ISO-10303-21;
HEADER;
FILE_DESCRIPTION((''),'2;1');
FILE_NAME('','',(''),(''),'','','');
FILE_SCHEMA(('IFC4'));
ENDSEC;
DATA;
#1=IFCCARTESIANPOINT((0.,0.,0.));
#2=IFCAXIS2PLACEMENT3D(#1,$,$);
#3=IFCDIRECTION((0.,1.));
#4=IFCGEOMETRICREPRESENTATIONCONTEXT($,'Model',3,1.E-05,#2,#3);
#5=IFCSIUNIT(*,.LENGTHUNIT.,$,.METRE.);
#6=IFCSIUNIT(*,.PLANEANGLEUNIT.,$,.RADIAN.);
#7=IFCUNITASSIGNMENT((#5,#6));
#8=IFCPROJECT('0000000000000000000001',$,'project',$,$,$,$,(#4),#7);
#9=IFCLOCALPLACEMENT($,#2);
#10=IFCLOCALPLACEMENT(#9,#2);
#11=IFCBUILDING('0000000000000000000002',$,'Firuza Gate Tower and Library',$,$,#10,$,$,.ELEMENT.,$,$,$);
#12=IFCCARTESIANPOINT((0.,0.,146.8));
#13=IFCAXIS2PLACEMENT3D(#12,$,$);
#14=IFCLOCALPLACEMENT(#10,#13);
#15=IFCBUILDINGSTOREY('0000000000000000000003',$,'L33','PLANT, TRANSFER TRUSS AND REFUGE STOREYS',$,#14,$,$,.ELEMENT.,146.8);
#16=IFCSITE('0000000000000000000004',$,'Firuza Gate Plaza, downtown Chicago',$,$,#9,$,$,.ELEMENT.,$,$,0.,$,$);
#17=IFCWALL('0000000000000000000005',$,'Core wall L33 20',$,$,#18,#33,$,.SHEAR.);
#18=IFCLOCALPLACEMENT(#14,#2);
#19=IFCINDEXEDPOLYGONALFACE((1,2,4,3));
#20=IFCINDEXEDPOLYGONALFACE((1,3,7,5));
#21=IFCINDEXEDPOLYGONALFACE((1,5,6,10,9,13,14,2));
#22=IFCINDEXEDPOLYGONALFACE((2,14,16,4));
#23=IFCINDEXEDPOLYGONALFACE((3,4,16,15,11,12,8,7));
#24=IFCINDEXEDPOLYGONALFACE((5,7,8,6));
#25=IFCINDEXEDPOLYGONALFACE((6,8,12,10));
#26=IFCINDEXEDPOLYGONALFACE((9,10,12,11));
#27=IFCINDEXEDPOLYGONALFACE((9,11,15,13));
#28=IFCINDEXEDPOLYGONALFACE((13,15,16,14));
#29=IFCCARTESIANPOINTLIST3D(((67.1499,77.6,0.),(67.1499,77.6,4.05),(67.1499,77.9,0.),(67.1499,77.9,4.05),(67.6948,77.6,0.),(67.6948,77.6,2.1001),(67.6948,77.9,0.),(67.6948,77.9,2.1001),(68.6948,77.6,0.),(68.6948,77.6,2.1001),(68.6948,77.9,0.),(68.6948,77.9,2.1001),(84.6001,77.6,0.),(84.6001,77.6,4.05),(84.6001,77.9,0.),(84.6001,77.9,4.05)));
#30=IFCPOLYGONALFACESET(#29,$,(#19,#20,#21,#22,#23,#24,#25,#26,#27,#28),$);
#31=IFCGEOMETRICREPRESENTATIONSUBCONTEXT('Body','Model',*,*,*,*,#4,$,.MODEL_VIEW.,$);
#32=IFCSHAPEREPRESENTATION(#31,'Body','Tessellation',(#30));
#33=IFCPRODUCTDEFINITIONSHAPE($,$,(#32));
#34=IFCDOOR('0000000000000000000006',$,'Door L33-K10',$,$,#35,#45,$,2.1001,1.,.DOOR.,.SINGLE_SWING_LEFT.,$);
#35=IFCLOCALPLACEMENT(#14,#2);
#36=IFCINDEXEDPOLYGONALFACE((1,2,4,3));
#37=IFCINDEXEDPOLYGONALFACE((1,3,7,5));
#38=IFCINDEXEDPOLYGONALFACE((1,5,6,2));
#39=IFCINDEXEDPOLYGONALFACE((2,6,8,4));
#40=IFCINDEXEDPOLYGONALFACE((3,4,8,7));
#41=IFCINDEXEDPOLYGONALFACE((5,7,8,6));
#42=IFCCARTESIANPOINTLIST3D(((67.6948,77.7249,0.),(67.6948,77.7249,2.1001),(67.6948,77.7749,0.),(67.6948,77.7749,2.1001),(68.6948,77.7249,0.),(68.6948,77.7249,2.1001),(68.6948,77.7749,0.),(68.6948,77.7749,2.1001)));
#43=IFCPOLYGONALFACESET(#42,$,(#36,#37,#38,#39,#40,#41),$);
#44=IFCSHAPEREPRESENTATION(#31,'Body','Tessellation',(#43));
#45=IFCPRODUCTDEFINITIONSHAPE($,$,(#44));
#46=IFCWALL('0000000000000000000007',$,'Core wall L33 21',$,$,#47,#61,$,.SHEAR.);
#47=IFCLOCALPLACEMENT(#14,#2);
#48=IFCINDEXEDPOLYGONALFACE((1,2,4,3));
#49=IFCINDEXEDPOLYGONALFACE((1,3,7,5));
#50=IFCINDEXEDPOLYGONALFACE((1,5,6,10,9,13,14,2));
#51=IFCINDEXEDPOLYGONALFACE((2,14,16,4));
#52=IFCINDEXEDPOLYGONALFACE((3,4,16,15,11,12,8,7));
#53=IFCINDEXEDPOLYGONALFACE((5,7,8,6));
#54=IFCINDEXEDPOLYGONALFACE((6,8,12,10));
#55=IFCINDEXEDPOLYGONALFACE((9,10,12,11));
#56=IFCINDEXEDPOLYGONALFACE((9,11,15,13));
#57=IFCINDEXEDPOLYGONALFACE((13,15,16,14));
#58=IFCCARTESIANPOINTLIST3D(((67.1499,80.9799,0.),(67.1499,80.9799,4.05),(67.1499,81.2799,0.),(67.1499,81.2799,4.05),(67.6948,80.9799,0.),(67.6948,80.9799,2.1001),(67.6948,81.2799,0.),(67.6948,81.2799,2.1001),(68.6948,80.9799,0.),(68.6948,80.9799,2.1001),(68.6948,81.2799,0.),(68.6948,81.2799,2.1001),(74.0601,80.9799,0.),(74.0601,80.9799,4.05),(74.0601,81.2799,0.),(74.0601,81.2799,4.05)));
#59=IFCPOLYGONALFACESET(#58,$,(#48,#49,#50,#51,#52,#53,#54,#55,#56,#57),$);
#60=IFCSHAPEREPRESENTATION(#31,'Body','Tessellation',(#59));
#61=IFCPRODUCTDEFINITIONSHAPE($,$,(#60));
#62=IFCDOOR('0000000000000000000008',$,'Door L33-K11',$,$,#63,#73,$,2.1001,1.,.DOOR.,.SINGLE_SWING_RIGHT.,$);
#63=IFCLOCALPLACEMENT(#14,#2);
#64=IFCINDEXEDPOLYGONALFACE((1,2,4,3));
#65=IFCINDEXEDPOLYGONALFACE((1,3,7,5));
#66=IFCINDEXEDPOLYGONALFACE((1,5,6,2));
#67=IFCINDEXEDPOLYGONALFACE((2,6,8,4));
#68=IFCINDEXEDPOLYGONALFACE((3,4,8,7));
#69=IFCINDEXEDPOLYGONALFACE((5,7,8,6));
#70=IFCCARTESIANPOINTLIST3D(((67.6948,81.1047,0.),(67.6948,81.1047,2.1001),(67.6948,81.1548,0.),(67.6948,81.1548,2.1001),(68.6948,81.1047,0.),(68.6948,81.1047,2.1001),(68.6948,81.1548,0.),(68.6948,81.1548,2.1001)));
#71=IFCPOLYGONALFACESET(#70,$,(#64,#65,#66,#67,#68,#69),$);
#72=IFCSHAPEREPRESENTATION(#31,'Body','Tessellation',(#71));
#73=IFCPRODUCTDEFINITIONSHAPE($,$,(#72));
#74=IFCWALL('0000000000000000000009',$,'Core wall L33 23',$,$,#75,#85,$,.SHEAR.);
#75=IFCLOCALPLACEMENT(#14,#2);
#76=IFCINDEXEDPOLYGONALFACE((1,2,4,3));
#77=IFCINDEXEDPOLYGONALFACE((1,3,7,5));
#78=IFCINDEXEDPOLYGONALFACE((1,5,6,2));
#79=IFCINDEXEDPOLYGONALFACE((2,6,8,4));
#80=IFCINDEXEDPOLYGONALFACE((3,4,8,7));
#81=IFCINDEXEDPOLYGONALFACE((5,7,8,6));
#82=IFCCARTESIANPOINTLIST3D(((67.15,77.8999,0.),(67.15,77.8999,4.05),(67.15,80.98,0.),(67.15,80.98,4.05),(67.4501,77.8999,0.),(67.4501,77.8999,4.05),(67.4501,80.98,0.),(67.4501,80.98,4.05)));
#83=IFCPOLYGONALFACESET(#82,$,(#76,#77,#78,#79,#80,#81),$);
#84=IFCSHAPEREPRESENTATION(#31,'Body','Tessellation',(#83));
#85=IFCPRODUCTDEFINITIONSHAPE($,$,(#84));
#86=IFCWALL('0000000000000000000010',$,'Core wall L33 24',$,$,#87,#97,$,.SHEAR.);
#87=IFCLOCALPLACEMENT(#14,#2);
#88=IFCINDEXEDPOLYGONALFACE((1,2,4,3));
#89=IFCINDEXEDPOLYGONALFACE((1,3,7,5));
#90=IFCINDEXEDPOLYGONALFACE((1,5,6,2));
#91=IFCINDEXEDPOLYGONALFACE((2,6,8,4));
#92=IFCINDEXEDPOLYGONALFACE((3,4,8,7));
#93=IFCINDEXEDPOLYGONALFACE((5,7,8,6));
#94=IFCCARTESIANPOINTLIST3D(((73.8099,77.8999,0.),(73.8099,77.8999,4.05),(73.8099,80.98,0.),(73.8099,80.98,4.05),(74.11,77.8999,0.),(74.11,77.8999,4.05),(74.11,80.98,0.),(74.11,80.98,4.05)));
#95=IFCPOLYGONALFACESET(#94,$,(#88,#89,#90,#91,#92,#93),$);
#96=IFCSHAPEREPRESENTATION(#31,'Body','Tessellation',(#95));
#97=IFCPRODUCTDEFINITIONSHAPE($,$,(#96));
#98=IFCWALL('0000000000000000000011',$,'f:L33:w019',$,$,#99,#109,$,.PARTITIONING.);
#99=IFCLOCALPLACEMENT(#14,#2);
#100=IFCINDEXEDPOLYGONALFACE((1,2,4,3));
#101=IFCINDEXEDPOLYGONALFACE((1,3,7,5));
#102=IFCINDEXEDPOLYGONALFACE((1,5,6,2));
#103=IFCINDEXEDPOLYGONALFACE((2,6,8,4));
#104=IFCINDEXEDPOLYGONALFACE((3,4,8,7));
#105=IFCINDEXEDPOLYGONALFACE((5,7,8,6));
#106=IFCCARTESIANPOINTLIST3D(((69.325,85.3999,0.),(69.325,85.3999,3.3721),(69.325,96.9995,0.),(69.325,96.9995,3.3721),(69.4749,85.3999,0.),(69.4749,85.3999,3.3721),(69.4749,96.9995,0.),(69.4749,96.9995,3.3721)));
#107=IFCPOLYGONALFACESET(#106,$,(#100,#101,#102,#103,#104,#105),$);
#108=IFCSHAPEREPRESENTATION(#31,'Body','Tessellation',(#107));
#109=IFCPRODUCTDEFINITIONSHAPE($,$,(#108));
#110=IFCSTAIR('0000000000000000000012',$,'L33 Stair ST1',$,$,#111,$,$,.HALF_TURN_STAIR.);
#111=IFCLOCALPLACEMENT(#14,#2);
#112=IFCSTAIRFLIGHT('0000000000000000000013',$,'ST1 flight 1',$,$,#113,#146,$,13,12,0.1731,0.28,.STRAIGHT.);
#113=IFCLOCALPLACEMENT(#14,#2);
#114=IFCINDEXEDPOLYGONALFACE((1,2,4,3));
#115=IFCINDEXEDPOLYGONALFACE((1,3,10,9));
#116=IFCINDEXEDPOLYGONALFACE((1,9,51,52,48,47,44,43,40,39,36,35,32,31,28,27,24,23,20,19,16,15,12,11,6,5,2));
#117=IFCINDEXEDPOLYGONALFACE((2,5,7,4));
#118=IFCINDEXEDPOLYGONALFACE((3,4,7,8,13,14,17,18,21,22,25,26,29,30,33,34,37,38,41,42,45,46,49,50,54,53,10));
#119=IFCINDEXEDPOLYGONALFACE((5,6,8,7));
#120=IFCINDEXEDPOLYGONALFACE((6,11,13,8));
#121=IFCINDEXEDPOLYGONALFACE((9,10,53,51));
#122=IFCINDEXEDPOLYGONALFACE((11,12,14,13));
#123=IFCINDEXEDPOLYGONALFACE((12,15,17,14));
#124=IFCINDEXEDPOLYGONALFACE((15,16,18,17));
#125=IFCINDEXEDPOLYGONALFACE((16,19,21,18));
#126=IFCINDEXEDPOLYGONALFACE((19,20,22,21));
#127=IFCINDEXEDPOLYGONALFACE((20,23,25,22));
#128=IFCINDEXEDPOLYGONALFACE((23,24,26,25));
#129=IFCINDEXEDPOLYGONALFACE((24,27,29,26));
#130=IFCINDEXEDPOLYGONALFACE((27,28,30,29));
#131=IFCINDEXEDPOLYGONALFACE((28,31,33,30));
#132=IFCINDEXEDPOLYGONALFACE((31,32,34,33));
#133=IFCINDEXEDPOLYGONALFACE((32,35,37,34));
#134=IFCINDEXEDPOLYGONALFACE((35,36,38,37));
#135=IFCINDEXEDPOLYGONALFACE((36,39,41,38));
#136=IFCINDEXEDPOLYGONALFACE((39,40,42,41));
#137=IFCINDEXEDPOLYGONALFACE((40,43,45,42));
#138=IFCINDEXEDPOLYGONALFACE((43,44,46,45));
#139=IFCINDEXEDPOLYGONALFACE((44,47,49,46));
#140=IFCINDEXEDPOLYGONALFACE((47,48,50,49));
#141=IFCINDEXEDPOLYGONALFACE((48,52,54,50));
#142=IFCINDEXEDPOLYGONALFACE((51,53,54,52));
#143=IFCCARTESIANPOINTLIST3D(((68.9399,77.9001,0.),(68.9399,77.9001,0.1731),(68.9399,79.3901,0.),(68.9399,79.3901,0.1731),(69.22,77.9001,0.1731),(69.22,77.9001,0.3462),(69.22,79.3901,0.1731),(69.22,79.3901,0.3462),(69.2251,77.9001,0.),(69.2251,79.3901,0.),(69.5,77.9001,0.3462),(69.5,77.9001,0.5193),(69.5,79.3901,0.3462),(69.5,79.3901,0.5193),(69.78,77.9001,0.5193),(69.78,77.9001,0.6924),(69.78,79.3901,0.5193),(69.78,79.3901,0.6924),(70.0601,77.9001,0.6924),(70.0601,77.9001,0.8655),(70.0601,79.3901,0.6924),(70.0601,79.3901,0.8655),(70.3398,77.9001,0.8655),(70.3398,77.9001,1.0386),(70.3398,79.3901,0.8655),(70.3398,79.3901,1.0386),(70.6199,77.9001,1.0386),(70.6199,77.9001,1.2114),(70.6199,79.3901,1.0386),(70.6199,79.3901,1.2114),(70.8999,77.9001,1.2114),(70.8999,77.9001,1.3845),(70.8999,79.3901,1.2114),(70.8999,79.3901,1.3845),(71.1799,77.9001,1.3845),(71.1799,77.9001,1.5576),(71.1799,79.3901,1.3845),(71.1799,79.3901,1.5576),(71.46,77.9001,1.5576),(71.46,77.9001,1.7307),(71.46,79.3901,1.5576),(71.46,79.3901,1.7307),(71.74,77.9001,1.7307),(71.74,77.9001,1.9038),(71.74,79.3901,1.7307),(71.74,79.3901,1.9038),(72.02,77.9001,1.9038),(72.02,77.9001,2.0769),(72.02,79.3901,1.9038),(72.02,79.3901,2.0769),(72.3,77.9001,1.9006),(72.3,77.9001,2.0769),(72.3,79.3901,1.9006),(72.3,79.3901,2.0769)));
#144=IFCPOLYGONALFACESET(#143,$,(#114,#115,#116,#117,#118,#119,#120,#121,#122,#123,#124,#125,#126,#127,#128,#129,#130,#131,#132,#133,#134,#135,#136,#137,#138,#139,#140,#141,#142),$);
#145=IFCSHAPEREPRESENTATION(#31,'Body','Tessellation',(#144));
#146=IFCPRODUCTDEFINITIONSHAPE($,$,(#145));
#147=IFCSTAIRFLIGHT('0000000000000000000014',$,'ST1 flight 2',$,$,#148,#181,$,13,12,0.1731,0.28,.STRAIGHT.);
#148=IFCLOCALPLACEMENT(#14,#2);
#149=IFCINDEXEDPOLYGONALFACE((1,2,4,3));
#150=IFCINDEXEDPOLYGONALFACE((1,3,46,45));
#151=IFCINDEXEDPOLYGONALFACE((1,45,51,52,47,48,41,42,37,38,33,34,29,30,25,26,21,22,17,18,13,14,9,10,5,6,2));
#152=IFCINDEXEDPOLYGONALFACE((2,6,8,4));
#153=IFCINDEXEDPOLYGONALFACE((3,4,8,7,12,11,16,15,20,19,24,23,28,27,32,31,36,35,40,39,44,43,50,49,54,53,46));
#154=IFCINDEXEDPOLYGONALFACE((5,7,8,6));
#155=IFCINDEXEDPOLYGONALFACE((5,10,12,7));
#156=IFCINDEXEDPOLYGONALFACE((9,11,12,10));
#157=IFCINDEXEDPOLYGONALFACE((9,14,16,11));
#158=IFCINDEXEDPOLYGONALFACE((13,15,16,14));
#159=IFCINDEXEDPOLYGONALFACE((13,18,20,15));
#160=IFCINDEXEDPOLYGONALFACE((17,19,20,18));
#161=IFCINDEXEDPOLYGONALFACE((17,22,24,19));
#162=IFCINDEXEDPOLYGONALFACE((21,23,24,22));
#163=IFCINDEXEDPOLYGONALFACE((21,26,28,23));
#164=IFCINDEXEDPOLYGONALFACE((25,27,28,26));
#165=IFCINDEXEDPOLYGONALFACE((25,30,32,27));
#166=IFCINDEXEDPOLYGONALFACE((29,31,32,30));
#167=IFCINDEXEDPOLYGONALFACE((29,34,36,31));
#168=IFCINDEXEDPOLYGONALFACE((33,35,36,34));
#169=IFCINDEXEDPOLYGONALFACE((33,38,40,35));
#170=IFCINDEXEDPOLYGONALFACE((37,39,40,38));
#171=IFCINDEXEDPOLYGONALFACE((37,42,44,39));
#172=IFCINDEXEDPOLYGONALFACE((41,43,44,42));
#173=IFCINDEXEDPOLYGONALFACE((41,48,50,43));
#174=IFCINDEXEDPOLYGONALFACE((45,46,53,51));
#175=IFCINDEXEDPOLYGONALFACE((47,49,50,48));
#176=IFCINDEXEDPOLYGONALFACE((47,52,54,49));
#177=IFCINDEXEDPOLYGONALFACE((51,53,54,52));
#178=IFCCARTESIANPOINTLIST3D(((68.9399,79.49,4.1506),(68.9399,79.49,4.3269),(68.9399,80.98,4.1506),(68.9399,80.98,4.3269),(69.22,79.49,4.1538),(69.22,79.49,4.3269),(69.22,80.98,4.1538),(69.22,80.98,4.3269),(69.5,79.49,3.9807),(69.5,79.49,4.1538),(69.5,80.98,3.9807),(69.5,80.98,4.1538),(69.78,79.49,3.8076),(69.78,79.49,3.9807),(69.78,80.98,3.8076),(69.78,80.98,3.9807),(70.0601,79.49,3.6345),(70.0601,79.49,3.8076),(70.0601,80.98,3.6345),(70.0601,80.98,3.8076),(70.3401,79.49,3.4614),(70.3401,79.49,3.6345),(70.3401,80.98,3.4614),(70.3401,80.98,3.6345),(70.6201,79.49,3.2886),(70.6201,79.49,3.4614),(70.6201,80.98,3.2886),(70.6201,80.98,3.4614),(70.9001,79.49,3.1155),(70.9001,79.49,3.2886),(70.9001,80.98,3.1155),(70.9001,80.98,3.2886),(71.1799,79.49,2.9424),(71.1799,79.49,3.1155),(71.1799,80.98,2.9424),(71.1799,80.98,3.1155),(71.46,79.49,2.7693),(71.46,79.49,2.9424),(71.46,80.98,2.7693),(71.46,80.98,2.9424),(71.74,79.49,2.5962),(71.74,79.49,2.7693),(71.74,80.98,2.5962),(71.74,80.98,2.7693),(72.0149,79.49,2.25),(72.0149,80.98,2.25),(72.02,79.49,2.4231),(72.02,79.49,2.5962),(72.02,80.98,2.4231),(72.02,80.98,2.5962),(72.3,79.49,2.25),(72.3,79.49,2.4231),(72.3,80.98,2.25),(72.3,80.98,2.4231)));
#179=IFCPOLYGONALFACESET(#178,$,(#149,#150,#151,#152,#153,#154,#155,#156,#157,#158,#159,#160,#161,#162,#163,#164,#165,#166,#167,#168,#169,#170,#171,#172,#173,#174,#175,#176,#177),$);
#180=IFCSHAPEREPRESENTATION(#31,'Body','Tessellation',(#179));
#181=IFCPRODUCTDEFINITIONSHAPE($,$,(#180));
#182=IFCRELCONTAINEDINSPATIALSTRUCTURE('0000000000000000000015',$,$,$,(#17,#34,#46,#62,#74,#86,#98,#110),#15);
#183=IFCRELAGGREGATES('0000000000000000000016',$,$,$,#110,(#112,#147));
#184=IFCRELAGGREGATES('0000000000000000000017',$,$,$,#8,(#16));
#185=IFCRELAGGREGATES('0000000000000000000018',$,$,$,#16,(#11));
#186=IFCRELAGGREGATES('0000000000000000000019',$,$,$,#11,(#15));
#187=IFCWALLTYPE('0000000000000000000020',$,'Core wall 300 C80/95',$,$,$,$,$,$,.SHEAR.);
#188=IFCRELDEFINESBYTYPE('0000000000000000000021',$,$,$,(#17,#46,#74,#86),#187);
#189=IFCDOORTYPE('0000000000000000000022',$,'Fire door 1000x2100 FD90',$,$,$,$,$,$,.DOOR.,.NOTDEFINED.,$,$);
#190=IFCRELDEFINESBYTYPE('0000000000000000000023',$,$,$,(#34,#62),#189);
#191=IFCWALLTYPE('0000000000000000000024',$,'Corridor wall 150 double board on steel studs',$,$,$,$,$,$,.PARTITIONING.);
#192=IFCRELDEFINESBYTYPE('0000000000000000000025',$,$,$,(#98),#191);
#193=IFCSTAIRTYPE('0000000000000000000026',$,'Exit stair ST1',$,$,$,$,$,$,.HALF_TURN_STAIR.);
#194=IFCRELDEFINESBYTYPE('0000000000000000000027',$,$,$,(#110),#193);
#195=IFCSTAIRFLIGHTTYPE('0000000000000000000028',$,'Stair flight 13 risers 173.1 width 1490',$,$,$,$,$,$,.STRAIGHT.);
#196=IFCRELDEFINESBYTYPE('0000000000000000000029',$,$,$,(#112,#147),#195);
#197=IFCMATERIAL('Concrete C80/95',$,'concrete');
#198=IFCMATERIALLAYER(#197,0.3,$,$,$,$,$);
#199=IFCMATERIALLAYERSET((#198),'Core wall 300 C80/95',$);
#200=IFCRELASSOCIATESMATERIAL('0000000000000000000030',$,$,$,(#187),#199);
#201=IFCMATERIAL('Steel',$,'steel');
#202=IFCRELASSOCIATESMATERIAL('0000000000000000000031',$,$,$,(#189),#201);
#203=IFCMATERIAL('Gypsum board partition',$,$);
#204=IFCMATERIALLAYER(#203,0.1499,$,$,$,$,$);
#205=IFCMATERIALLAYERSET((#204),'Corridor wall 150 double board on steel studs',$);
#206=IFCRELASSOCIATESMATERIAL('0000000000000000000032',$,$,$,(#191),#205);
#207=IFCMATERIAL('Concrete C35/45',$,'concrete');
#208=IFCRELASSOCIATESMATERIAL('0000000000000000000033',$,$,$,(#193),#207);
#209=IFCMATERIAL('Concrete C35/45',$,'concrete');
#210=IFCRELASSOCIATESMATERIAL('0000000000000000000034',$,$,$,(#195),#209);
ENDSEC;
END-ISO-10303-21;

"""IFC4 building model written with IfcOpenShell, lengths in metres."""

from ifc_helpers import new_model, si_unit, direction, frame, frame_2d, origin, place, context, subcontext, project, spatial, polyline, rectangle, outline, extrude, material, layer, layer_set, type_object, element, fill, aggregate, save


model = new_model("IFC4")

# Units and contexts
model_context = context("Model", 3, precision=1e-05, world=origin(), true_north=direction((0.0, 1.0)))
body_context = subcontext(model_context, "Body", "Model", "MODEL_VIEW")
ifc_project = project(units=[si_unit("LENGTHUNIT", "METRE"), si_unit("PLANEANGLEUNIT", "RADIAN")], contexts=[model_context])

# Site, building, storey
site_placement = place(None, origin())
site = spatial("IfcSite", under=ifc_project, at=site_placement, Name="Firuza Gate Plaza, downtown Chicago", CompositionType="ELEMENT", RefElevation=0.0)
building_placement = place(site_placement, origin())
building = spatial("IfcBuilding", under=site, at=building_placement, Name="Firuza Gate Tower and Library", CompositionType="ELEMENT")
storey_placement = place(building_placement, frame((0.0, 0.0, 146.8)))
storey = spatial("IfcBuildingStorey", under=building, at=storey_placement, Name="L33", Description="PLANT, TRANSFER TRUSS AND REFUGE STOREYS", CompositionType="ELEMENT", Elevation=146.8)

# Shared definitions
ifc_material_1 = material(Name="Concrete C80/95", Category="concrete")
ifc_layer_1 = layer(ifc_material_1, 0.3)
ifc_layer_set_1 = layer_set([ifc_layer_1], Name="Core wall 300 C80/95")
wall_type_1 = type_object("IfcWallType", Name="Core wall 300 C80/95", PredefinedType="SHEAR", material=ifc_layer_set_1)

# Walls, openings, doors
wall_1_placement = place(storey_placement, frame((67.1499, 77.75, 0.0), z_axis=(0.0, 0.0, 1.0), x_axis=(1.0, 0.0, 0.0)))
wall_1 = element("IfcWall", 1, at=wall_1_placement, inside=storey, type_object=wall_type_1, Name="Core wall L33 20", PredefinedType="SHEAR", context=body_context, shape_type="SweptSolid", body=[
    extrude(rectangle(XDim=17.4502, YDim=0.3, at=frame_2d((8.7251, 0.0))), origin(), (0.0, 0.0, 1.0), 4.05),
])
opening_1_placement = place(wall_1_placement, frame((0.5449, 0.0, 0.0)))
opening_1 = element("IfcOpeningElement", 2, at=opening_1_placement, cuts=wall_1, PredefinedType="OPENING", context=body_context, shape_type="SweptSolid", body=[
    extrude(rectangle(XDim=1.0, YDim=2.1001, at=frame_2d((0.5, 1.05))), frame((0.0, 0.1602, 0.0), z_axis=(0.0, -1.0, 0.0), x_axis=(1.0, 0.0, 0.0)), (0.0, 0.0, 1.0), 0.3201),
])
ifc_material_2 = material(Name="Steel", Category="steel")
door_type_1 = type_object("IfcDoorType", Name="Fire door 1000x2100 FD90", OperationType="NOTDEFINED", PredefinedType="DOOR", material=ifc_material_2)
door_1_placement = place(opening_1_placement, origin())
door_1 = element("IfcDoor", 3, at=door_1_placement, inside=storey, type_object=door_type_1, Name="Door L33-K10", OperationType="SINGLE_SWING_LEFT", OverallHeight=2.1001, OverallWidth=1.0, PredefinedType="DOOR", context=body_context, shape_type="SweptSolid", body=[
    extrude(rectangle(XDim=1.0, YDim=2.1001, at=frame_2d((0.5, 1.05))), frame((0.0, 0.0249, 0.0), z_axis=(0.0, -1.0, 0.0), x_axis=(1.0, 0.0, 0.0)), (0.0, 0.0, 1.0), 0.05),
])
fill(opening_1, door_1)
wall_2_placement = place(storey_placement, frame((67.1499, 81.1299, 0.0), z_axis=(0.0, 0.0, 1.0), x_axis=(1.0, 0.0, 0.0)))
wall_2 = element("IfcWall", 4, at=wall_2_placement, inside=storey, type_object=wall_type_1, Name="Core wall L33 21", PredefinedType="SHEAR", context=body_context, shape_type="SweptSolid", body=[
    extrude(rectangle(XDim=6.9102, YDim=0.3, at=frame_2d((3.4551, 0.0))), origin(), (0.0, 0.0, 1.0), 4.05),
])
opening_2_placement = place(wall_2_placement, frame((0.5449, 0.0, 0.0)))
opening_2 = element("IfcOpeningElement", 5, at=opening_2_placement, cuts=wall_2, PredefinedType="OPENING", context=body_context, shape_type="SweptSolid", body=[
    extrude(rectangle(XDim=1.0, YDim=2.1001, at=frame_2d((0.5, 1.05))), frame((0.0, 0.1602, 0.0), z_axis=(0.0, -1.0, 0.0), x_axis=(1.0, 0.0, 0.0)), (0.0, 0.0, 1.0), 0.3201),
])
door_2_placement = place(opening_2_placement, origin())
door_2 = element("IfcDoor", 6, at=door_2_placement, inside=storey, type_object=door_type_1, Name="Door L33-K11", OperationType="SINGLE_SWING_RIGHT", OverallHeight=2.1001, OverallWidth=1.0, PredefinedType="DOOR", context=body_context, shape_type="SweptSolid", body=[
    extrude(rectangle(XDim=1.0, YDim=2.1001, at=frame_2d((0.5, 1.05))), frame((0.0, 0.0249, 0.0), z_axis=(0.0, -1.0, 0.0), x_axis=(1.0, 0.0, 0.0)), (0.0, 0.0, 1.0), 0.05),
])
fill(opening_2, door_2)

# Walls
for number, where, z_axis, x_axis, name in (
    (7, (67.3, 77.8999, 0.0), (0.0, 0.0, 1.0), (0.0, 1.0, 0.0), "Core wall L33 23"),
    (8, (73.96, 77.8999, 0.0), (0.0, 0.0, 1.0), (0.0, 1.0, 0.0), "Core wall L33 24"),
):
    element("IfcWall", number, at=place(storey_placement, frame(where, z_axis=z_axis, x_axis=x_axis)), inside=storey, type_object=wall_type_1, Name=name, PredefinedType="SHEAR", context=body_context, shape_type="SweptSolid", body=[
        extrude(rectangle(XDim=3.0801, YDim=0.3, at=frame_2d((1.54, 0.0))), origin(), (0.0, 0.0, 1.0), 4.05),
    ])
ifc_material_3 = material(Name="Gypsum board partition")
ifc_layer_2 = layer(ifc_material_3, 0.1499)
ifc_layer_set_2 = layer_set([ifc_layer_2], Name="Corridor wall 150 double board on steel studs")
wall_type_2 = type_object("IfcWallType", Name="Corridor wall 150 double board on steel studs", PredefinedType="PARTITIONING", material=ifc_layer_set_2)
wall_3_placement = place(storey_placement, frame((69.3999, 85.3999, 0.0), z_axis=(0.0, 0.0, 1.0), x_axis=(0.0, 1.0, 0.0)))
element("IfcWall", 9, at=wall_3_placement, inside=storey, type_object=wall_type_2, Name="f:L33:w019", PredefinedType="PARTITIONING", context=body_context, shape_type="SweptSolid", body=[
    extrude(rectangle(XDim=11.5996, YDim=0.1499, at=frame_2d((5.7998, 0.0))), origin(), (0.0, 0.0, 1.0), 3.3721),
])

# Stair, stair flights
ifc_material_4 = material(Name="Concrete C35/45", Category="concrete")
stair_type = type_object("IfcStairType", Name="Exit stair ST1", PredefinedType="HALF_TURN_STAIR", material=ifc_material_4)
stair_placement = place(storey_placement, origin())
stair = element("IfcStair", 10, at=stair_placement, inside=storey, type_object=stair_type, Name="L33 Stair ST1", PredefinedType="HALF_TURN_STAIR")
ifc_material_5 = material(Name="Concrete C35/45", Category="concrete")
stair_flight_type = type_object("IfcStairFlightType", Name="Stair flight 13 risers 173.1 width 1490", PredefinedType="STRAIGHT", material=ifc_material_5)
stair_flight_1_placement = place(storey_placement, frame((68.9399, 78.645, 0.0), z_axis=(0.0, 0.0, 1.0), x_axis=(1.0, 0.0, 0.0)))
stair_flight_1 = element("IfcStairFlight", 11, at=stair_flight_1_placement, type_object=stair_flight_type, Name="ST1 flight 1", NumberOfRisers=13, NumberOfTreads=12, PredefinedType="STRAIGHT", RiserHeight=0.1731, TreadLength=0.28, context=body_context, shape_type="SweptSolid", body=[
    extrude(outline(polyline([(0.0, 0.0), (0.0, 0.1731), (0.28, 0.1731), (0.28, 0.3462), (0.5601, 0.3462), (0.5601, 0.5193), (0.8401, 0.5193), (0.8401, 0.6924), (1.1201, 0.6924), (1.1201, 0.8655), (1.3999, 0.8655), (1.3999, 1.0386), (1.6799, 1.0386), (1.6799, 1.2114), (1.96, 1.2114), (1.96, 1.3845), (2.24, 1.3845), (2.24, 1.5576), (2.52, 1.5576), (2.52, 1.7307), (2.8, 1.7307), (2.8, 1.9038), (3.0801, 1.9038), (3.0801, 2.0769), (3.3601, 2.0769), (3.3601, 2.25), (3.3601, 1.9006), (0.2852, 0.0), (0.0, 0.0)])), frame((0.0, 0.7451, 0.0), z_axis=(0.0, -1.0, 0.0), x_axis=(1.0, 0.0, 0.0)), (0.0, 0.0, 1.0), 1.49),
])
stair_flight_2_placement = place(storey_placement, frame((72.3, 80.2351, 2.25), z_axis=(0.0, 0.0, 1.0), x_axis=(-1.0, 0.0, 0.0)))
stair_flight_2 = element("IfcStairFlight", 12, at=stair_flight_2_placement, type_object=stair_flight_type, Name="ST1 flight 2", NumberOfRisers=13, NumberOfTreads=12, PredefinedType="STRAIGHT", RiserHeight=0.1731, TreadLength=0.28, context=body_context, shape_type="SweptSolid", body=[
    extrude(outline(polyline([(0.0, 0.0), (0.0, 0.1731), (0.28, 0.1731), (0.28, 0.3462), (0.5601, 0.3462), (0.5601, 0.5193), (0.8401, 0.5193), (0.8401, 0.6924), (1.1201, 0.6924), (1.1201, 0.8655), (1.3999, 0.8655), (1.3999, 1.0386), (1.6799, 1.0386), (1.6799, 1.2114), (1.96, 1.2114), (1.96, 1.3845), (2.24, 1.3845), (2.24, 1.5576), (2.52, 1.5576), (2.52, 1.7307), (2.8, 1.7307), (2.8, 1.9038), (3.0801, 1.9038), (3.0801, 2.0769), (3.3601, 2.0769), (3.3601, 2.25), (3.3601, 1.9006), (0.2852, 0.0), (0.0, 0.0)])), frame((0.0, 0.7451, 0.0), z_axis=(0.0, -1.0, 0.0), x_axis=(1.0, 0.0, 0.0)), (0.0, 0.0, 1.0), 1.49),
])
aggregate(stair, [stair_flight_1, stair_flight_2])

save(model, "model.ifc")
